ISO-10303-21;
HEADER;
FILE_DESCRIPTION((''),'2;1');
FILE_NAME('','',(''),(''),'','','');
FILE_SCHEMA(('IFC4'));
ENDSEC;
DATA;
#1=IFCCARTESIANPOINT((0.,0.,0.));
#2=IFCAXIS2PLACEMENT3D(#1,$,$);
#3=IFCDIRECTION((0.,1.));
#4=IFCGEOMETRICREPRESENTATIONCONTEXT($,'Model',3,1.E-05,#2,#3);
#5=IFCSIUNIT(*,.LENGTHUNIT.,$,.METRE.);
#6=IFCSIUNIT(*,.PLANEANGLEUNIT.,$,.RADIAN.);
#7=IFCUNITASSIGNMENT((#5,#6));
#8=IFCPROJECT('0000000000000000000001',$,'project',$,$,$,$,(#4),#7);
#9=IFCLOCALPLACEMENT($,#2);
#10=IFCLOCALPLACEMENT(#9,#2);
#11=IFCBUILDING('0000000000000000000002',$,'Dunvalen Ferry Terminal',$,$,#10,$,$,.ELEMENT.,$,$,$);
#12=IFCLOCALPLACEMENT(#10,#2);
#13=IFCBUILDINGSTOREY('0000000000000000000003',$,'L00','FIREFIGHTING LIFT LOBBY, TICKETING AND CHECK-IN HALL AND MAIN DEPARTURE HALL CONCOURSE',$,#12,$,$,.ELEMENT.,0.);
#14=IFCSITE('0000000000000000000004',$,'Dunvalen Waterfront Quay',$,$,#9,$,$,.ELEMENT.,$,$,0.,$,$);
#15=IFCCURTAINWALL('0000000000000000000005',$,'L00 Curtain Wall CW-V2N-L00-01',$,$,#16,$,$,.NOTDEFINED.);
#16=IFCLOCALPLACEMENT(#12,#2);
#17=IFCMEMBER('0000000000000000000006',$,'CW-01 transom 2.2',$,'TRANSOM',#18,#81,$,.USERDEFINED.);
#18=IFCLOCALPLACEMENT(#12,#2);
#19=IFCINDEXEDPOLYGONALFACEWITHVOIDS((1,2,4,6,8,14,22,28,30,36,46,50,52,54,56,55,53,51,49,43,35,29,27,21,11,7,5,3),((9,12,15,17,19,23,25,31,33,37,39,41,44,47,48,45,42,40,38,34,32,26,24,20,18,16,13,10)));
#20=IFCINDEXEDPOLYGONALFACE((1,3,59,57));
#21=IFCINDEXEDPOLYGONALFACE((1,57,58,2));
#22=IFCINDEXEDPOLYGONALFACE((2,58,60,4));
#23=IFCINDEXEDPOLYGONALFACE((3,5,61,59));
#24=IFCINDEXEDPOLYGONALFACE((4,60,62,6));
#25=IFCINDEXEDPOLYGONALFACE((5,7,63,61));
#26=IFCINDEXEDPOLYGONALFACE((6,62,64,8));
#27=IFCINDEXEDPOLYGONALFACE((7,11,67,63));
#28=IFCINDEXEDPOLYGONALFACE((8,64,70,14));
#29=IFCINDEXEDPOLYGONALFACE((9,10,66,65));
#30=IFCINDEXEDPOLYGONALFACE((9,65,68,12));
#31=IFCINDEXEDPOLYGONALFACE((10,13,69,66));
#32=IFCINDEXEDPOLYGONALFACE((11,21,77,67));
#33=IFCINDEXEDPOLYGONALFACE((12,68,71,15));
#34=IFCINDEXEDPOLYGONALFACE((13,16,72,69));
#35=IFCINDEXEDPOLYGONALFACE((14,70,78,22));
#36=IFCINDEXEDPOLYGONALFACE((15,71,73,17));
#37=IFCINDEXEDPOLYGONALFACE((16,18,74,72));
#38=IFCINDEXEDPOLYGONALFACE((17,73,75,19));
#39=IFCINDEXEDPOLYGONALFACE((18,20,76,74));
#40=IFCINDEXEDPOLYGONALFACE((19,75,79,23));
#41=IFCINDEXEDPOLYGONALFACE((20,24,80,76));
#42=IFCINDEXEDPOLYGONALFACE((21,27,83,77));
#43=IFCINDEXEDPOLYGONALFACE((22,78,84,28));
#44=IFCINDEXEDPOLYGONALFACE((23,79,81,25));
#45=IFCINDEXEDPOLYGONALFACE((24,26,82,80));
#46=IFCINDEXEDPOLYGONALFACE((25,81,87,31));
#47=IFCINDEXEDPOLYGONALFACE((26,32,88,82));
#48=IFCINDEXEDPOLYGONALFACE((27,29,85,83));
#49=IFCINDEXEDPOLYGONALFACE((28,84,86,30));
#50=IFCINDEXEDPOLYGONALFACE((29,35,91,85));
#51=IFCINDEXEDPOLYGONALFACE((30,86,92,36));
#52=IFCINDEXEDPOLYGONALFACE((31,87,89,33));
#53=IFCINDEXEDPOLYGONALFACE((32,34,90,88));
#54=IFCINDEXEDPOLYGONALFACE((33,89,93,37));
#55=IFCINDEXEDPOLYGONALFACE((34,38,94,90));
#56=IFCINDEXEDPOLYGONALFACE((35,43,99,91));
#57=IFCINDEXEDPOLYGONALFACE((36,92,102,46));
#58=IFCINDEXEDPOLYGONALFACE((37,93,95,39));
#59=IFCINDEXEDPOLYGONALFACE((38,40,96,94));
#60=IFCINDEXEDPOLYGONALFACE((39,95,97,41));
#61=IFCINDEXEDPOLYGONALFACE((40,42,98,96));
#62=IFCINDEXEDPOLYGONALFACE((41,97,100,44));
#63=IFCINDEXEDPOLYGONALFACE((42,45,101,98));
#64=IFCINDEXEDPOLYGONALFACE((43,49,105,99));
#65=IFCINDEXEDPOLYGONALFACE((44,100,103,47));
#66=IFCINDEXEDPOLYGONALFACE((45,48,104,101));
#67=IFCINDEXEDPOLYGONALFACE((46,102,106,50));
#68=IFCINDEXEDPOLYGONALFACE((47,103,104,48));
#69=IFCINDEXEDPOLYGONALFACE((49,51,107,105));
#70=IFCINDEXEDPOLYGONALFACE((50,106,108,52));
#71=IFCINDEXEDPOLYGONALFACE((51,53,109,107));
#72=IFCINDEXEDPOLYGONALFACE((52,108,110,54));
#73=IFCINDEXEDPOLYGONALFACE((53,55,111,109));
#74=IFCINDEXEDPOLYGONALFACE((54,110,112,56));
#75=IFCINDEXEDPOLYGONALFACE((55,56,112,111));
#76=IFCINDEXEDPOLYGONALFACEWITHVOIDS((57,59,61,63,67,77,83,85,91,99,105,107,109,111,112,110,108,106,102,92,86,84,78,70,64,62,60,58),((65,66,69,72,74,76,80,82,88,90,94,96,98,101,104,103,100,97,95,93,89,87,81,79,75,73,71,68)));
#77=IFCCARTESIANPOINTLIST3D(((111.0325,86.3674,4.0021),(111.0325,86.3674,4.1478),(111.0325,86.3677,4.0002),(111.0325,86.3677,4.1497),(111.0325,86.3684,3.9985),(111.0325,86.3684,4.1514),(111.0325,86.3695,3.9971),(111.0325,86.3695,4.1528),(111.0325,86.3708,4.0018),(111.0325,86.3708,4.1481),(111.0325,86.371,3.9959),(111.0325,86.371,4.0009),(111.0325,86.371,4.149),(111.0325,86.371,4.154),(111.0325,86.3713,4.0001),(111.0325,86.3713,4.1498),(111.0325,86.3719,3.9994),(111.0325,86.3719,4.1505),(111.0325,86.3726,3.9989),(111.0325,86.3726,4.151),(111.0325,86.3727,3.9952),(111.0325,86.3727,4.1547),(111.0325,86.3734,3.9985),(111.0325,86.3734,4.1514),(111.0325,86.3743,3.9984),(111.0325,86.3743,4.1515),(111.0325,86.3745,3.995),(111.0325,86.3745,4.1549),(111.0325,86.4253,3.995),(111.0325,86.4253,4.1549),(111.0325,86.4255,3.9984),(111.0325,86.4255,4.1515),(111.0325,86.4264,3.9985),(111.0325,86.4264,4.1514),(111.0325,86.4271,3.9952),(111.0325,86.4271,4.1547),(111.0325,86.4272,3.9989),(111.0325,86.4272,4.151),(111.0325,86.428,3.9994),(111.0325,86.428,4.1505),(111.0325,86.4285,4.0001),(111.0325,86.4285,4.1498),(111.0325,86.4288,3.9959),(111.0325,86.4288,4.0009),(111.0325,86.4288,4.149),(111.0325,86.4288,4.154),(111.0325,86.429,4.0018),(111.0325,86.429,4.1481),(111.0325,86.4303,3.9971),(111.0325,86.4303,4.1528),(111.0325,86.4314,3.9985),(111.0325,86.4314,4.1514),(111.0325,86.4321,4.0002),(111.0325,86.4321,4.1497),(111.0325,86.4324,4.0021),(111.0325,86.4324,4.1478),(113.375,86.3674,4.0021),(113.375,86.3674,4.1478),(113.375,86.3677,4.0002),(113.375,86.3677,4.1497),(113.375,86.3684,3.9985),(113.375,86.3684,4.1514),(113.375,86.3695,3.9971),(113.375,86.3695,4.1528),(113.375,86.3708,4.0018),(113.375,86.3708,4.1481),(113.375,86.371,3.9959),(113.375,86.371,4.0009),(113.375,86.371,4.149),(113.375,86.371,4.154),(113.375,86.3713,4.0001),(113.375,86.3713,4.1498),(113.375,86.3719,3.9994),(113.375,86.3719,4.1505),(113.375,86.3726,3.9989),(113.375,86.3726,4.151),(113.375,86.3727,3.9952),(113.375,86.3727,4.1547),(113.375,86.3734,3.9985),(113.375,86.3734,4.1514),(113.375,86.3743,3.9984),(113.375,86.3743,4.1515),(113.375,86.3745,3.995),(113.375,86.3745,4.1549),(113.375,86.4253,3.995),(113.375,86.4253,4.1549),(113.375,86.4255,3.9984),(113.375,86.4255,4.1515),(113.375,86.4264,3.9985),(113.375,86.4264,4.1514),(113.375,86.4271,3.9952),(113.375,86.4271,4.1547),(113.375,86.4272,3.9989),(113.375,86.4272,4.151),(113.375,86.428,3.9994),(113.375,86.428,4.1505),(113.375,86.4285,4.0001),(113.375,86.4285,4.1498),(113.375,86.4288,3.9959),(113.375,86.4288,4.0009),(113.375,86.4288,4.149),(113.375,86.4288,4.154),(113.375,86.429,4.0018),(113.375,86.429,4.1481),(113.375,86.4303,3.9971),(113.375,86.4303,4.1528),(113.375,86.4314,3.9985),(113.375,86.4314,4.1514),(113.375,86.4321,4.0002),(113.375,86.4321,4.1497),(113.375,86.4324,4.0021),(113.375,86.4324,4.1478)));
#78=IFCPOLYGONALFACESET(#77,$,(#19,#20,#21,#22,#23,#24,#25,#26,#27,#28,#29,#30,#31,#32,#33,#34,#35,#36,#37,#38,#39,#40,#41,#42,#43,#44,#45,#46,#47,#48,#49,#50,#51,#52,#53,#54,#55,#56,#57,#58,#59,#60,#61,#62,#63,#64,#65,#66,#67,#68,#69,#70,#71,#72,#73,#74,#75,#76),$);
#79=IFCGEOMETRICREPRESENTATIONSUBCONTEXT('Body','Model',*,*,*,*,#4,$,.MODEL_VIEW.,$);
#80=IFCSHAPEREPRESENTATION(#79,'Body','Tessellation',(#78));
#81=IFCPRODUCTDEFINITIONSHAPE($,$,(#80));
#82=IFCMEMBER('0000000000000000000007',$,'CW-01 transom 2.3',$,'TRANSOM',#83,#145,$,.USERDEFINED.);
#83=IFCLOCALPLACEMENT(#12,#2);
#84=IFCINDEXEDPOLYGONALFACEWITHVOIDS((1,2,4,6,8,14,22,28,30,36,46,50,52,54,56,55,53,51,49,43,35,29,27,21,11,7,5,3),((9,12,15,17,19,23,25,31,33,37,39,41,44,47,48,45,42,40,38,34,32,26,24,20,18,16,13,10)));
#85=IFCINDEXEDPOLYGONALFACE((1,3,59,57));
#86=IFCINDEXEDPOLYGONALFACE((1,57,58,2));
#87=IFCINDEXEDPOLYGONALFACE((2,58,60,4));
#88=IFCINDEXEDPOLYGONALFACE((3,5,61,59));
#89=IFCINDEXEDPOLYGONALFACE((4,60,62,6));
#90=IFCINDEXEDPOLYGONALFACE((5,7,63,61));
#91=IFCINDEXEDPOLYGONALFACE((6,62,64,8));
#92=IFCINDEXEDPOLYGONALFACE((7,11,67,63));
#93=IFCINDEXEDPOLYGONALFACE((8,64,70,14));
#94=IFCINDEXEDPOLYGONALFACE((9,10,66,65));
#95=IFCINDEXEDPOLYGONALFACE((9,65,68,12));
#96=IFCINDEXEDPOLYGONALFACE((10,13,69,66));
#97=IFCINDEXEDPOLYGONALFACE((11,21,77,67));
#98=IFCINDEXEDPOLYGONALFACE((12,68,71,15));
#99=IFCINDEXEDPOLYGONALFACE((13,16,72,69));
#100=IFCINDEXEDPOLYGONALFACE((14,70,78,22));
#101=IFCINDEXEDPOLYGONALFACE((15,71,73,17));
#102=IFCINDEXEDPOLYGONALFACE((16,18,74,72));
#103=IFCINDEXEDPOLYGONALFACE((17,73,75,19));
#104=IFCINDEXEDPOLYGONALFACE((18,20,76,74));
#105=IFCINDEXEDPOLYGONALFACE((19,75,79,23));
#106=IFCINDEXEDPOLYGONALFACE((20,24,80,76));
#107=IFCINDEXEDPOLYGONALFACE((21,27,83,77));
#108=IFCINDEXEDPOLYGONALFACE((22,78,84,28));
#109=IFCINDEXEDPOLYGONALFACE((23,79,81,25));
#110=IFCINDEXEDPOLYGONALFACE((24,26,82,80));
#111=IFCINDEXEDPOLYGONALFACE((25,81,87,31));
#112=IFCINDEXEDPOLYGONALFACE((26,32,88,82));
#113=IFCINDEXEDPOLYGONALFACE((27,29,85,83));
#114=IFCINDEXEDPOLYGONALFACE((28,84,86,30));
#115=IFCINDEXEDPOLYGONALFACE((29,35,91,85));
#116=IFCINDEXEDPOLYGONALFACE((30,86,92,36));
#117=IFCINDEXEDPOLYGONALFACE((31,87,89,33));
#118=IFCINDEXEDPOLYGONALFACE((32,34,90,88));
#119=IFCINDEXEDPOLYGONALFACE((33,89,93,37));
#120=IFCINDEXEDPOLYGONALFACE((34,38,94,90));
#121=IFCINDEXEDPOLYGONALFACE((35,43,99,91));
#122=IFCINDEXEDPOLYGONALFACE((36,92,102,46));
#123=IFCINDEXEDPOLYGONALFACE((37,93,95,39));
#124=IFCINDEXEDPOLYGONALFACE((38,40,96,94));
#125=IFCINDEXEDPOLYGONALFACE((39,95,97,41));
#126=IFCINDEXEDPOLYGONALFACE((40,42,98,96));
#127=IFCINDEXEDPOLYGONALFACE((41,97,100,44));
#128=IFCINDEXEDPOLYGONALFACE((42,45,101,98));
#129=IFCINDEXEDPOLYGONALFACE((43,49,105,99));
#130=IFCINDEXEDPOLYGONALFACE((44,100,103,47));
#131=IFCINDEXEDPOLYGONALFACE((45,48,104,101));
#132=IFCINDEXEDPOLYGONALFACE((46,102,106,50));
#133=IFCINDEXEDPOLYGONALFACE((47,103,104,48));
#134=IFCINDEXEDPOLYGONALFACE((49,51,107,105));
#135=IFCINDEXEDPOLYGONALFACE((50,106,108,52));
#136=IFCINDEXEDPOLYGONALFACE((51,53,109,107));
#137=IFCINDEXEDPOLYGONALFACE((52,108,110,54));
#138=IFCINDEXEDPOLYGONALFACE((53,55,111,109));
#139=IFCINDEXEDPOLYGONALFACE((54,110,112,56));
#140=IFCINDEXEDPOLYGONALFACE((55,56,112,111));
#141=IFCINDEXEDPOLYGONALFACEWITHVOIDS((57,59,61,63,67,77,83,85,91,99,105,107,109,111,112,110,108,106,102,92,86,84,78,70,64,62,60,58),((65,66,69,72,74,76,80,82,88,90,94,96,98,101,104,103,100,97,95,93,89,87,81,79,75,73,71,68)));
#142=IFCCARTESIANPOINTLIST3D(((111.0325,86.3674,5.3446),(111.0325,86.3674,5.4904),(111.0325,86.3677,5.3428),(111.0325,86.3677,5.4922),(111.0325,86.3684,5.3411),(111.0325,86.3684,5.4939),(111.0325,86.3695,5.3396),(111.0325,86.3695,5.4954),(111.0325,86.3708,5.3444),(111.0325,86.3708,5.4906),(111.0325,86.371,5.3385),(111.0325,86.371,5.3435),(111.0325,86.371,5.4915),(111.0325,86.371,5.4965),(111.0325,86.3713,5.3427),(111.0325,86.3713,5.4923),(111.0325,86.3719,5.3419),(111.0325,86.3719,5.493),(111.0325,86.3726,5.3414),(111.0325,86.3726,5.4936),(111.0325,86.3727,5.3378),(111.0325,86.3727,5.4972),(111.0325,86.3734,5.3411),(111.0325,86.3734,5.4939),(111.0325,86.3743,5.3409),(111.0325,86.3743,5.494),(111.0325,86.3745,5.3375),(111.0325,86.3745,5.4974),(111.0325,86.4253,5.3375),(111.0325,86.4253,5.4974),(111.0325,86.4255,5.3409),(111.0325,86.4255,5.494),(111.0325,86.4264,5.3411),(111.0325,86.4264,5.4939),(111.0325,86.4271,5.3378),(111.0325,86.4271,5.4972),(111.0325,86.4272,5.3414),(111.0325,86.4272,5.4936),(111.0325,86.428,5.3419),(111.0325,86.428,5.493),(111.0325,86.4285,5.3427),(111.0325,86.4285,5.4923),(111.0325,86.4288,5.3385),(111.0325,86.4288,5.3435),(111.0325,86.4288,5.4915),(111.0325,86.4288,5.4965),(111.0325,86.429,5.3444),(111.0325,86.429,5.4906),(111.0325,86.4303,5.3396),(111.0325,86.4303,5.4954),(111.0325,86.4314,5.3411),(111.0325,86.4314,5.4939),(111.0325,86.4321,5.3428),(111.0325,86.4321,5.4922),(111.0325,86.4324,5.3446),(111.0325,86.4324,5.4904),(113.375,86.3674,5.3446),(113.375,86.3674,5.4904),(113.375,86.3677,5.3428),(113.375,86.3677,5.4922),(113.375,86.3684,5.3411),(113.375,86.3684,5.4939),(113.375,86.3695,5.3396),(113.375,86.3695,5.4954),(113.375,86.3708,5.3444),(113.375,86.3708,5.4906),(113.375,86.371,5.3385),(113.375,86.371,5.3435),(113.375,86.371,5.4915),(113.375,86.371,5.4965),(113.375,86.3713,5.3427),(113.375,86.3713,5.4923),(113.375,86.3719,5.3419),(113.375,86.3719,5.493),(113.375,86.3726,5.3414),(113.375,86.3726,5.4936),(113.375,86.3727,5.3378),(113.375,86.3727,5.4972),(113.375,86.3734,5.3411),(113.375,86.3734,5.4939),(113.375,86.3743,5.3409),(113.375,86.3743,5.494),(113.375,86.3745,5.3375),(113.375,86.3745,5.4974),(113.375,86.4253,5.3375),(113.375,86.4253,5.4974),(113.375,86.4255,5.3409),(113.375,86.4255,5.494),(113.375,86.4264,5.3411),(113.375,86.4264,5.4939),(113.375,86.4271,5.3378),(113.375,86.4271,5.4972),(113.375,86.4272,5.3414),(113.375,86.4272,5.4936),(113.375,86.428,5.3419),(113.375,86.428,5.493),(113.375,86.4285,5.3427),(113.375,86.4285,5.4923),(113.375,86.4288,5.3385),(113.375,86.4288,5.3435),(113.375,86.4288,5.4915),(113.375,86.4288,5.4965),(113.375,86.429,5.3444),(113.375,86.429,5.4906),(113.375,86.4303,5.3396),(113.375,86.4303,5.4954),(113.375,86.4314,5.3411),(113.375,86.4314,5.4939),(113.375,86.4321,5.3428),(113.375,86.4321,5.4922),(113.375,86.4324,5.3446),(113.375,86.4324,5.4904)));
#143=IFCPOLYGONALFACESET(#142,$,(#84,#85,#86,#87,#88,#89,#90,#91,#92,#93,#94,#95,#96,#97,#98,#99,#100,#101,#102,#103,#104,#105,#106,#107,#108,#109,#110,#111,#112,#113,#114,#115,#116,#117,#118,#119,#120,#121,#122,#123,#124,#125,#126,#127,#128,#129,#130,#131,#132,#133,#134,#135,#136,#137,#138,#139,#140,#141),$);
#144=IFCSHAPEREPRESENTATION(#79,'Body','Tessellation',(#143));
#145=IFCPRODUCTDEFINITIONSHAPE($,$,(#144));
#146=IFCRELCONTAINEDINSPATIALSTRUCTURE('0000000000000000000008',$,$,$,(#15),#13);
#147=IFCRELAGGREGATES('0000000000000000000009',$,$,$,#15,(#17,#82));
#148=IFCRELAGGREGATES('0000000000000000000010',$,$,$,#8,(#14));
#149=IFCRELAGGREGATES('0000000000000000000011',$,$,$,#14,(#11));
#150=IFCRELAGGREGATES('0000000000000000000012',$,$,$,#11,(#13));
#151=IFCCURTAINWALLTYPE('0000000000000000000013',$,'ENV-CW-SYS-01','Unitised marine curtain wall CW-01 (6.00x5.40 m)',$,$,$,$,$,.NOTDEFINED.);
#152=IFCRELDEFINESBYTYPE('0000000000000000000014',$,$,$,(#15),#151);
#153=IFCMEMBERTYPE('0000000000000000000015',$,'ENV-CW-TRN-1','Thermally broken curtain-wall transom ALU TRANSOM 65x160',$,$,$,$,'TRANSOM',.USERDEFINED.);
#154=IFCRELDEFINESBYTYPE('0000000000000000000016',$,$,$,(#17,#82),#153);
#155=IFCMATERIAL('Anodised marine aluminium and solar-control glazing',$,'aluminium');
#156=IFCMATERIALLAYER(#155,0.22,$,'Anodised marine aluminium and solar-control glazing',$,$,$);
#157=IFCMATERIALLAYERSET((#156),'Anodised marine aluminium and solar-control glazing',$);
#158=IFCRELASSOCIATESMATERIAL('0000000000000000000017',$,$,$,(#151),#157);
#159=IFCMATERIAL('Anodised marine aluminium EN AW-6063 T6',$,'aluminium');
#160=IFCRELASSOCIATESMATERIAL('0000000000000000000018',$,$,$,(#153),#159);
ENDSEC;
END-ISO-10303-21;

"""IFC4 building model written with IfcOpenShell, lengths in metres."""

from ifc_helpers import new_model, si_unit, direction, frame, origin, origin_2d, place, context, subcontext, project, spatial, hollow_rectangle, extrude, material, layer, layer_set, material_profile, profile_set, type_object, element, aggregate, save


model = new_model("IFC4")

# Units and contexts
model_context = context("Model", 3, precision=1e-05, world=origin(), true_north=direction((0.0, 1.0)))
body_context = subcontext(model_context, "Body", "Model", "MODEL_VIEW")
ifc_project = project(units=[si_unit("LENGTHUNIT", "METRE"), si_unit("PLANEANGLEUNIT", "RADIAN")], contexts=[model_context])

# Site, building, storey
site_placement = place(None, origin())
site = spatial("IfcSite", under=ifc_project, at=site_placement, Name="Dunvalen Waterfront Quay", CompositionType="ELEMENT", RefElevation=0.0)
building_placement = place(site_placement, origin())
building = spatial("IfcBuilding", under=site, at=building_placement, Name="Dunvalen Ferry Terminal", CompositionType="ELEMENT")
storey_placement = place(building_placement, origin())
storey = spatial("IfcBuildingStorey", under=building, at=storey_placement, Name="L00", Description="FIREFIGHTING LIFT LOBBY, TICKETING AND CHECK-IN HALL AND MAIN DEPARTURE HALL CONCOURSE", CompositionType="ELEMENT", Elevation=0.0)

# Curtain wall
ifc_material_1 = material(Name="Anodised marine aluminium and solar-control glazing", Category="aluminium")
ifc_layer_1 = layer(ifc_material_1, 0.22, Name="Anodised marine aluminium and solar-control glazing")
ifc_layer_set_1 = layer_set([ifc_layer_1], Name="Anodised marine aluminium and solar-control glazing")
curtain_wall_type = type_object("IfcCurtainWallType", Name="ENV-CW-SYS-01", Description="Unitised marine curtain wall CW-01 (6.00x5.40 m)", PredefinedType="NOTDEFINED", material=ifc_layer_set_1)
curtain_wall_1_placement = place(storey_placement, origin())
curtain_wall_1 = element("IfcCurtainWall", 1, at=curtain_wall_1_placement, inside=storey, type_object=curtain_wall_type, Name="L00 Curtain Wall CW-V2N-L00-01", PredefinedType="NOTDEFINED")
ifc_material_2 = material(Name="Anodised marine aluminium EN AW-6063 T6", Category="aluminium")

# Members
ifc_material_profile_1 = material_profile(ifc_material_2, hollow_rectangle(XDim=0.0649, YDim=0.1599, WallThickness=0.0034, InnerFilletRadius=0.0034, OuterFilletRadius=0.0071, at=origin_2d()), Name="Anodised marine aluminium EN AW-6063 T6")
ifc_profile_set_1 = profile_set([ifc_material_profile_1], Name="Anodised marine aluminium EN AW-6063 T6")
member_type_1 = type_object("IfcMemberType", Name="ENV-CW-TRN-1", Description="Thermally broken curtain-wall transom ALU TRANSOM 65x160", ElementType="TRANSOM", PredefinedType="USERDEFINED", material=ifc_profile_set_1)
member_1_placement = place(storey_placement, frame((111.0325, 86.3999, 4.075), z_axis=(1.0, 0.0, 0.0), x_axis=(0.0, 1.0, 0.0)))
member_1 = element("IfcMember", 2, at=member_1_placement, type_object=member_type_1, Name="CW-01 transom 2.2", ObjectType="TRANSOM", PredefinedType="USERDEFINED", context=body_context, shape_type="SweptSolid", body=[
    extrude(hollow_rectangle(XDim=0.0649, YDim=0.1599, WallThickness=0.0034, InnerFilletRadius=0.0034, OuterFilletRadius=0.0071, at=origin_2d()), origin(), (0.0, 0.0, 1.0), 2.3425),
])
member_2_placement = place(storey_placement, frame((111.0325, 86.3999, 5.4175), z_axis=(1.0, 0.0, 0.0), x_axis=(0.0, 1.0, 0.0)))
member_2 = element("IfcMember", 3, at=member_2_placement, type_object=member_type_1, Name="CW-01 transom 2.3", ObjectType="TRANSOM", PredefinedType="USERDEFINED", context=body_context, shape_type="SweptSolid", body=[
    extrude(hollow_rectangle(XDim=0.0649, YDim=0.1599, WallThickness=0.0034, InnerFilletRadius=0.0034, OuterFilletRadius=0.0071, at=origin_2d()), origin(), (0.0, 0.0, 1.0), 2.3425),
])

aggregate(curtain_wall_1, [member_1, member_2])

save(model, "model.ifc")
